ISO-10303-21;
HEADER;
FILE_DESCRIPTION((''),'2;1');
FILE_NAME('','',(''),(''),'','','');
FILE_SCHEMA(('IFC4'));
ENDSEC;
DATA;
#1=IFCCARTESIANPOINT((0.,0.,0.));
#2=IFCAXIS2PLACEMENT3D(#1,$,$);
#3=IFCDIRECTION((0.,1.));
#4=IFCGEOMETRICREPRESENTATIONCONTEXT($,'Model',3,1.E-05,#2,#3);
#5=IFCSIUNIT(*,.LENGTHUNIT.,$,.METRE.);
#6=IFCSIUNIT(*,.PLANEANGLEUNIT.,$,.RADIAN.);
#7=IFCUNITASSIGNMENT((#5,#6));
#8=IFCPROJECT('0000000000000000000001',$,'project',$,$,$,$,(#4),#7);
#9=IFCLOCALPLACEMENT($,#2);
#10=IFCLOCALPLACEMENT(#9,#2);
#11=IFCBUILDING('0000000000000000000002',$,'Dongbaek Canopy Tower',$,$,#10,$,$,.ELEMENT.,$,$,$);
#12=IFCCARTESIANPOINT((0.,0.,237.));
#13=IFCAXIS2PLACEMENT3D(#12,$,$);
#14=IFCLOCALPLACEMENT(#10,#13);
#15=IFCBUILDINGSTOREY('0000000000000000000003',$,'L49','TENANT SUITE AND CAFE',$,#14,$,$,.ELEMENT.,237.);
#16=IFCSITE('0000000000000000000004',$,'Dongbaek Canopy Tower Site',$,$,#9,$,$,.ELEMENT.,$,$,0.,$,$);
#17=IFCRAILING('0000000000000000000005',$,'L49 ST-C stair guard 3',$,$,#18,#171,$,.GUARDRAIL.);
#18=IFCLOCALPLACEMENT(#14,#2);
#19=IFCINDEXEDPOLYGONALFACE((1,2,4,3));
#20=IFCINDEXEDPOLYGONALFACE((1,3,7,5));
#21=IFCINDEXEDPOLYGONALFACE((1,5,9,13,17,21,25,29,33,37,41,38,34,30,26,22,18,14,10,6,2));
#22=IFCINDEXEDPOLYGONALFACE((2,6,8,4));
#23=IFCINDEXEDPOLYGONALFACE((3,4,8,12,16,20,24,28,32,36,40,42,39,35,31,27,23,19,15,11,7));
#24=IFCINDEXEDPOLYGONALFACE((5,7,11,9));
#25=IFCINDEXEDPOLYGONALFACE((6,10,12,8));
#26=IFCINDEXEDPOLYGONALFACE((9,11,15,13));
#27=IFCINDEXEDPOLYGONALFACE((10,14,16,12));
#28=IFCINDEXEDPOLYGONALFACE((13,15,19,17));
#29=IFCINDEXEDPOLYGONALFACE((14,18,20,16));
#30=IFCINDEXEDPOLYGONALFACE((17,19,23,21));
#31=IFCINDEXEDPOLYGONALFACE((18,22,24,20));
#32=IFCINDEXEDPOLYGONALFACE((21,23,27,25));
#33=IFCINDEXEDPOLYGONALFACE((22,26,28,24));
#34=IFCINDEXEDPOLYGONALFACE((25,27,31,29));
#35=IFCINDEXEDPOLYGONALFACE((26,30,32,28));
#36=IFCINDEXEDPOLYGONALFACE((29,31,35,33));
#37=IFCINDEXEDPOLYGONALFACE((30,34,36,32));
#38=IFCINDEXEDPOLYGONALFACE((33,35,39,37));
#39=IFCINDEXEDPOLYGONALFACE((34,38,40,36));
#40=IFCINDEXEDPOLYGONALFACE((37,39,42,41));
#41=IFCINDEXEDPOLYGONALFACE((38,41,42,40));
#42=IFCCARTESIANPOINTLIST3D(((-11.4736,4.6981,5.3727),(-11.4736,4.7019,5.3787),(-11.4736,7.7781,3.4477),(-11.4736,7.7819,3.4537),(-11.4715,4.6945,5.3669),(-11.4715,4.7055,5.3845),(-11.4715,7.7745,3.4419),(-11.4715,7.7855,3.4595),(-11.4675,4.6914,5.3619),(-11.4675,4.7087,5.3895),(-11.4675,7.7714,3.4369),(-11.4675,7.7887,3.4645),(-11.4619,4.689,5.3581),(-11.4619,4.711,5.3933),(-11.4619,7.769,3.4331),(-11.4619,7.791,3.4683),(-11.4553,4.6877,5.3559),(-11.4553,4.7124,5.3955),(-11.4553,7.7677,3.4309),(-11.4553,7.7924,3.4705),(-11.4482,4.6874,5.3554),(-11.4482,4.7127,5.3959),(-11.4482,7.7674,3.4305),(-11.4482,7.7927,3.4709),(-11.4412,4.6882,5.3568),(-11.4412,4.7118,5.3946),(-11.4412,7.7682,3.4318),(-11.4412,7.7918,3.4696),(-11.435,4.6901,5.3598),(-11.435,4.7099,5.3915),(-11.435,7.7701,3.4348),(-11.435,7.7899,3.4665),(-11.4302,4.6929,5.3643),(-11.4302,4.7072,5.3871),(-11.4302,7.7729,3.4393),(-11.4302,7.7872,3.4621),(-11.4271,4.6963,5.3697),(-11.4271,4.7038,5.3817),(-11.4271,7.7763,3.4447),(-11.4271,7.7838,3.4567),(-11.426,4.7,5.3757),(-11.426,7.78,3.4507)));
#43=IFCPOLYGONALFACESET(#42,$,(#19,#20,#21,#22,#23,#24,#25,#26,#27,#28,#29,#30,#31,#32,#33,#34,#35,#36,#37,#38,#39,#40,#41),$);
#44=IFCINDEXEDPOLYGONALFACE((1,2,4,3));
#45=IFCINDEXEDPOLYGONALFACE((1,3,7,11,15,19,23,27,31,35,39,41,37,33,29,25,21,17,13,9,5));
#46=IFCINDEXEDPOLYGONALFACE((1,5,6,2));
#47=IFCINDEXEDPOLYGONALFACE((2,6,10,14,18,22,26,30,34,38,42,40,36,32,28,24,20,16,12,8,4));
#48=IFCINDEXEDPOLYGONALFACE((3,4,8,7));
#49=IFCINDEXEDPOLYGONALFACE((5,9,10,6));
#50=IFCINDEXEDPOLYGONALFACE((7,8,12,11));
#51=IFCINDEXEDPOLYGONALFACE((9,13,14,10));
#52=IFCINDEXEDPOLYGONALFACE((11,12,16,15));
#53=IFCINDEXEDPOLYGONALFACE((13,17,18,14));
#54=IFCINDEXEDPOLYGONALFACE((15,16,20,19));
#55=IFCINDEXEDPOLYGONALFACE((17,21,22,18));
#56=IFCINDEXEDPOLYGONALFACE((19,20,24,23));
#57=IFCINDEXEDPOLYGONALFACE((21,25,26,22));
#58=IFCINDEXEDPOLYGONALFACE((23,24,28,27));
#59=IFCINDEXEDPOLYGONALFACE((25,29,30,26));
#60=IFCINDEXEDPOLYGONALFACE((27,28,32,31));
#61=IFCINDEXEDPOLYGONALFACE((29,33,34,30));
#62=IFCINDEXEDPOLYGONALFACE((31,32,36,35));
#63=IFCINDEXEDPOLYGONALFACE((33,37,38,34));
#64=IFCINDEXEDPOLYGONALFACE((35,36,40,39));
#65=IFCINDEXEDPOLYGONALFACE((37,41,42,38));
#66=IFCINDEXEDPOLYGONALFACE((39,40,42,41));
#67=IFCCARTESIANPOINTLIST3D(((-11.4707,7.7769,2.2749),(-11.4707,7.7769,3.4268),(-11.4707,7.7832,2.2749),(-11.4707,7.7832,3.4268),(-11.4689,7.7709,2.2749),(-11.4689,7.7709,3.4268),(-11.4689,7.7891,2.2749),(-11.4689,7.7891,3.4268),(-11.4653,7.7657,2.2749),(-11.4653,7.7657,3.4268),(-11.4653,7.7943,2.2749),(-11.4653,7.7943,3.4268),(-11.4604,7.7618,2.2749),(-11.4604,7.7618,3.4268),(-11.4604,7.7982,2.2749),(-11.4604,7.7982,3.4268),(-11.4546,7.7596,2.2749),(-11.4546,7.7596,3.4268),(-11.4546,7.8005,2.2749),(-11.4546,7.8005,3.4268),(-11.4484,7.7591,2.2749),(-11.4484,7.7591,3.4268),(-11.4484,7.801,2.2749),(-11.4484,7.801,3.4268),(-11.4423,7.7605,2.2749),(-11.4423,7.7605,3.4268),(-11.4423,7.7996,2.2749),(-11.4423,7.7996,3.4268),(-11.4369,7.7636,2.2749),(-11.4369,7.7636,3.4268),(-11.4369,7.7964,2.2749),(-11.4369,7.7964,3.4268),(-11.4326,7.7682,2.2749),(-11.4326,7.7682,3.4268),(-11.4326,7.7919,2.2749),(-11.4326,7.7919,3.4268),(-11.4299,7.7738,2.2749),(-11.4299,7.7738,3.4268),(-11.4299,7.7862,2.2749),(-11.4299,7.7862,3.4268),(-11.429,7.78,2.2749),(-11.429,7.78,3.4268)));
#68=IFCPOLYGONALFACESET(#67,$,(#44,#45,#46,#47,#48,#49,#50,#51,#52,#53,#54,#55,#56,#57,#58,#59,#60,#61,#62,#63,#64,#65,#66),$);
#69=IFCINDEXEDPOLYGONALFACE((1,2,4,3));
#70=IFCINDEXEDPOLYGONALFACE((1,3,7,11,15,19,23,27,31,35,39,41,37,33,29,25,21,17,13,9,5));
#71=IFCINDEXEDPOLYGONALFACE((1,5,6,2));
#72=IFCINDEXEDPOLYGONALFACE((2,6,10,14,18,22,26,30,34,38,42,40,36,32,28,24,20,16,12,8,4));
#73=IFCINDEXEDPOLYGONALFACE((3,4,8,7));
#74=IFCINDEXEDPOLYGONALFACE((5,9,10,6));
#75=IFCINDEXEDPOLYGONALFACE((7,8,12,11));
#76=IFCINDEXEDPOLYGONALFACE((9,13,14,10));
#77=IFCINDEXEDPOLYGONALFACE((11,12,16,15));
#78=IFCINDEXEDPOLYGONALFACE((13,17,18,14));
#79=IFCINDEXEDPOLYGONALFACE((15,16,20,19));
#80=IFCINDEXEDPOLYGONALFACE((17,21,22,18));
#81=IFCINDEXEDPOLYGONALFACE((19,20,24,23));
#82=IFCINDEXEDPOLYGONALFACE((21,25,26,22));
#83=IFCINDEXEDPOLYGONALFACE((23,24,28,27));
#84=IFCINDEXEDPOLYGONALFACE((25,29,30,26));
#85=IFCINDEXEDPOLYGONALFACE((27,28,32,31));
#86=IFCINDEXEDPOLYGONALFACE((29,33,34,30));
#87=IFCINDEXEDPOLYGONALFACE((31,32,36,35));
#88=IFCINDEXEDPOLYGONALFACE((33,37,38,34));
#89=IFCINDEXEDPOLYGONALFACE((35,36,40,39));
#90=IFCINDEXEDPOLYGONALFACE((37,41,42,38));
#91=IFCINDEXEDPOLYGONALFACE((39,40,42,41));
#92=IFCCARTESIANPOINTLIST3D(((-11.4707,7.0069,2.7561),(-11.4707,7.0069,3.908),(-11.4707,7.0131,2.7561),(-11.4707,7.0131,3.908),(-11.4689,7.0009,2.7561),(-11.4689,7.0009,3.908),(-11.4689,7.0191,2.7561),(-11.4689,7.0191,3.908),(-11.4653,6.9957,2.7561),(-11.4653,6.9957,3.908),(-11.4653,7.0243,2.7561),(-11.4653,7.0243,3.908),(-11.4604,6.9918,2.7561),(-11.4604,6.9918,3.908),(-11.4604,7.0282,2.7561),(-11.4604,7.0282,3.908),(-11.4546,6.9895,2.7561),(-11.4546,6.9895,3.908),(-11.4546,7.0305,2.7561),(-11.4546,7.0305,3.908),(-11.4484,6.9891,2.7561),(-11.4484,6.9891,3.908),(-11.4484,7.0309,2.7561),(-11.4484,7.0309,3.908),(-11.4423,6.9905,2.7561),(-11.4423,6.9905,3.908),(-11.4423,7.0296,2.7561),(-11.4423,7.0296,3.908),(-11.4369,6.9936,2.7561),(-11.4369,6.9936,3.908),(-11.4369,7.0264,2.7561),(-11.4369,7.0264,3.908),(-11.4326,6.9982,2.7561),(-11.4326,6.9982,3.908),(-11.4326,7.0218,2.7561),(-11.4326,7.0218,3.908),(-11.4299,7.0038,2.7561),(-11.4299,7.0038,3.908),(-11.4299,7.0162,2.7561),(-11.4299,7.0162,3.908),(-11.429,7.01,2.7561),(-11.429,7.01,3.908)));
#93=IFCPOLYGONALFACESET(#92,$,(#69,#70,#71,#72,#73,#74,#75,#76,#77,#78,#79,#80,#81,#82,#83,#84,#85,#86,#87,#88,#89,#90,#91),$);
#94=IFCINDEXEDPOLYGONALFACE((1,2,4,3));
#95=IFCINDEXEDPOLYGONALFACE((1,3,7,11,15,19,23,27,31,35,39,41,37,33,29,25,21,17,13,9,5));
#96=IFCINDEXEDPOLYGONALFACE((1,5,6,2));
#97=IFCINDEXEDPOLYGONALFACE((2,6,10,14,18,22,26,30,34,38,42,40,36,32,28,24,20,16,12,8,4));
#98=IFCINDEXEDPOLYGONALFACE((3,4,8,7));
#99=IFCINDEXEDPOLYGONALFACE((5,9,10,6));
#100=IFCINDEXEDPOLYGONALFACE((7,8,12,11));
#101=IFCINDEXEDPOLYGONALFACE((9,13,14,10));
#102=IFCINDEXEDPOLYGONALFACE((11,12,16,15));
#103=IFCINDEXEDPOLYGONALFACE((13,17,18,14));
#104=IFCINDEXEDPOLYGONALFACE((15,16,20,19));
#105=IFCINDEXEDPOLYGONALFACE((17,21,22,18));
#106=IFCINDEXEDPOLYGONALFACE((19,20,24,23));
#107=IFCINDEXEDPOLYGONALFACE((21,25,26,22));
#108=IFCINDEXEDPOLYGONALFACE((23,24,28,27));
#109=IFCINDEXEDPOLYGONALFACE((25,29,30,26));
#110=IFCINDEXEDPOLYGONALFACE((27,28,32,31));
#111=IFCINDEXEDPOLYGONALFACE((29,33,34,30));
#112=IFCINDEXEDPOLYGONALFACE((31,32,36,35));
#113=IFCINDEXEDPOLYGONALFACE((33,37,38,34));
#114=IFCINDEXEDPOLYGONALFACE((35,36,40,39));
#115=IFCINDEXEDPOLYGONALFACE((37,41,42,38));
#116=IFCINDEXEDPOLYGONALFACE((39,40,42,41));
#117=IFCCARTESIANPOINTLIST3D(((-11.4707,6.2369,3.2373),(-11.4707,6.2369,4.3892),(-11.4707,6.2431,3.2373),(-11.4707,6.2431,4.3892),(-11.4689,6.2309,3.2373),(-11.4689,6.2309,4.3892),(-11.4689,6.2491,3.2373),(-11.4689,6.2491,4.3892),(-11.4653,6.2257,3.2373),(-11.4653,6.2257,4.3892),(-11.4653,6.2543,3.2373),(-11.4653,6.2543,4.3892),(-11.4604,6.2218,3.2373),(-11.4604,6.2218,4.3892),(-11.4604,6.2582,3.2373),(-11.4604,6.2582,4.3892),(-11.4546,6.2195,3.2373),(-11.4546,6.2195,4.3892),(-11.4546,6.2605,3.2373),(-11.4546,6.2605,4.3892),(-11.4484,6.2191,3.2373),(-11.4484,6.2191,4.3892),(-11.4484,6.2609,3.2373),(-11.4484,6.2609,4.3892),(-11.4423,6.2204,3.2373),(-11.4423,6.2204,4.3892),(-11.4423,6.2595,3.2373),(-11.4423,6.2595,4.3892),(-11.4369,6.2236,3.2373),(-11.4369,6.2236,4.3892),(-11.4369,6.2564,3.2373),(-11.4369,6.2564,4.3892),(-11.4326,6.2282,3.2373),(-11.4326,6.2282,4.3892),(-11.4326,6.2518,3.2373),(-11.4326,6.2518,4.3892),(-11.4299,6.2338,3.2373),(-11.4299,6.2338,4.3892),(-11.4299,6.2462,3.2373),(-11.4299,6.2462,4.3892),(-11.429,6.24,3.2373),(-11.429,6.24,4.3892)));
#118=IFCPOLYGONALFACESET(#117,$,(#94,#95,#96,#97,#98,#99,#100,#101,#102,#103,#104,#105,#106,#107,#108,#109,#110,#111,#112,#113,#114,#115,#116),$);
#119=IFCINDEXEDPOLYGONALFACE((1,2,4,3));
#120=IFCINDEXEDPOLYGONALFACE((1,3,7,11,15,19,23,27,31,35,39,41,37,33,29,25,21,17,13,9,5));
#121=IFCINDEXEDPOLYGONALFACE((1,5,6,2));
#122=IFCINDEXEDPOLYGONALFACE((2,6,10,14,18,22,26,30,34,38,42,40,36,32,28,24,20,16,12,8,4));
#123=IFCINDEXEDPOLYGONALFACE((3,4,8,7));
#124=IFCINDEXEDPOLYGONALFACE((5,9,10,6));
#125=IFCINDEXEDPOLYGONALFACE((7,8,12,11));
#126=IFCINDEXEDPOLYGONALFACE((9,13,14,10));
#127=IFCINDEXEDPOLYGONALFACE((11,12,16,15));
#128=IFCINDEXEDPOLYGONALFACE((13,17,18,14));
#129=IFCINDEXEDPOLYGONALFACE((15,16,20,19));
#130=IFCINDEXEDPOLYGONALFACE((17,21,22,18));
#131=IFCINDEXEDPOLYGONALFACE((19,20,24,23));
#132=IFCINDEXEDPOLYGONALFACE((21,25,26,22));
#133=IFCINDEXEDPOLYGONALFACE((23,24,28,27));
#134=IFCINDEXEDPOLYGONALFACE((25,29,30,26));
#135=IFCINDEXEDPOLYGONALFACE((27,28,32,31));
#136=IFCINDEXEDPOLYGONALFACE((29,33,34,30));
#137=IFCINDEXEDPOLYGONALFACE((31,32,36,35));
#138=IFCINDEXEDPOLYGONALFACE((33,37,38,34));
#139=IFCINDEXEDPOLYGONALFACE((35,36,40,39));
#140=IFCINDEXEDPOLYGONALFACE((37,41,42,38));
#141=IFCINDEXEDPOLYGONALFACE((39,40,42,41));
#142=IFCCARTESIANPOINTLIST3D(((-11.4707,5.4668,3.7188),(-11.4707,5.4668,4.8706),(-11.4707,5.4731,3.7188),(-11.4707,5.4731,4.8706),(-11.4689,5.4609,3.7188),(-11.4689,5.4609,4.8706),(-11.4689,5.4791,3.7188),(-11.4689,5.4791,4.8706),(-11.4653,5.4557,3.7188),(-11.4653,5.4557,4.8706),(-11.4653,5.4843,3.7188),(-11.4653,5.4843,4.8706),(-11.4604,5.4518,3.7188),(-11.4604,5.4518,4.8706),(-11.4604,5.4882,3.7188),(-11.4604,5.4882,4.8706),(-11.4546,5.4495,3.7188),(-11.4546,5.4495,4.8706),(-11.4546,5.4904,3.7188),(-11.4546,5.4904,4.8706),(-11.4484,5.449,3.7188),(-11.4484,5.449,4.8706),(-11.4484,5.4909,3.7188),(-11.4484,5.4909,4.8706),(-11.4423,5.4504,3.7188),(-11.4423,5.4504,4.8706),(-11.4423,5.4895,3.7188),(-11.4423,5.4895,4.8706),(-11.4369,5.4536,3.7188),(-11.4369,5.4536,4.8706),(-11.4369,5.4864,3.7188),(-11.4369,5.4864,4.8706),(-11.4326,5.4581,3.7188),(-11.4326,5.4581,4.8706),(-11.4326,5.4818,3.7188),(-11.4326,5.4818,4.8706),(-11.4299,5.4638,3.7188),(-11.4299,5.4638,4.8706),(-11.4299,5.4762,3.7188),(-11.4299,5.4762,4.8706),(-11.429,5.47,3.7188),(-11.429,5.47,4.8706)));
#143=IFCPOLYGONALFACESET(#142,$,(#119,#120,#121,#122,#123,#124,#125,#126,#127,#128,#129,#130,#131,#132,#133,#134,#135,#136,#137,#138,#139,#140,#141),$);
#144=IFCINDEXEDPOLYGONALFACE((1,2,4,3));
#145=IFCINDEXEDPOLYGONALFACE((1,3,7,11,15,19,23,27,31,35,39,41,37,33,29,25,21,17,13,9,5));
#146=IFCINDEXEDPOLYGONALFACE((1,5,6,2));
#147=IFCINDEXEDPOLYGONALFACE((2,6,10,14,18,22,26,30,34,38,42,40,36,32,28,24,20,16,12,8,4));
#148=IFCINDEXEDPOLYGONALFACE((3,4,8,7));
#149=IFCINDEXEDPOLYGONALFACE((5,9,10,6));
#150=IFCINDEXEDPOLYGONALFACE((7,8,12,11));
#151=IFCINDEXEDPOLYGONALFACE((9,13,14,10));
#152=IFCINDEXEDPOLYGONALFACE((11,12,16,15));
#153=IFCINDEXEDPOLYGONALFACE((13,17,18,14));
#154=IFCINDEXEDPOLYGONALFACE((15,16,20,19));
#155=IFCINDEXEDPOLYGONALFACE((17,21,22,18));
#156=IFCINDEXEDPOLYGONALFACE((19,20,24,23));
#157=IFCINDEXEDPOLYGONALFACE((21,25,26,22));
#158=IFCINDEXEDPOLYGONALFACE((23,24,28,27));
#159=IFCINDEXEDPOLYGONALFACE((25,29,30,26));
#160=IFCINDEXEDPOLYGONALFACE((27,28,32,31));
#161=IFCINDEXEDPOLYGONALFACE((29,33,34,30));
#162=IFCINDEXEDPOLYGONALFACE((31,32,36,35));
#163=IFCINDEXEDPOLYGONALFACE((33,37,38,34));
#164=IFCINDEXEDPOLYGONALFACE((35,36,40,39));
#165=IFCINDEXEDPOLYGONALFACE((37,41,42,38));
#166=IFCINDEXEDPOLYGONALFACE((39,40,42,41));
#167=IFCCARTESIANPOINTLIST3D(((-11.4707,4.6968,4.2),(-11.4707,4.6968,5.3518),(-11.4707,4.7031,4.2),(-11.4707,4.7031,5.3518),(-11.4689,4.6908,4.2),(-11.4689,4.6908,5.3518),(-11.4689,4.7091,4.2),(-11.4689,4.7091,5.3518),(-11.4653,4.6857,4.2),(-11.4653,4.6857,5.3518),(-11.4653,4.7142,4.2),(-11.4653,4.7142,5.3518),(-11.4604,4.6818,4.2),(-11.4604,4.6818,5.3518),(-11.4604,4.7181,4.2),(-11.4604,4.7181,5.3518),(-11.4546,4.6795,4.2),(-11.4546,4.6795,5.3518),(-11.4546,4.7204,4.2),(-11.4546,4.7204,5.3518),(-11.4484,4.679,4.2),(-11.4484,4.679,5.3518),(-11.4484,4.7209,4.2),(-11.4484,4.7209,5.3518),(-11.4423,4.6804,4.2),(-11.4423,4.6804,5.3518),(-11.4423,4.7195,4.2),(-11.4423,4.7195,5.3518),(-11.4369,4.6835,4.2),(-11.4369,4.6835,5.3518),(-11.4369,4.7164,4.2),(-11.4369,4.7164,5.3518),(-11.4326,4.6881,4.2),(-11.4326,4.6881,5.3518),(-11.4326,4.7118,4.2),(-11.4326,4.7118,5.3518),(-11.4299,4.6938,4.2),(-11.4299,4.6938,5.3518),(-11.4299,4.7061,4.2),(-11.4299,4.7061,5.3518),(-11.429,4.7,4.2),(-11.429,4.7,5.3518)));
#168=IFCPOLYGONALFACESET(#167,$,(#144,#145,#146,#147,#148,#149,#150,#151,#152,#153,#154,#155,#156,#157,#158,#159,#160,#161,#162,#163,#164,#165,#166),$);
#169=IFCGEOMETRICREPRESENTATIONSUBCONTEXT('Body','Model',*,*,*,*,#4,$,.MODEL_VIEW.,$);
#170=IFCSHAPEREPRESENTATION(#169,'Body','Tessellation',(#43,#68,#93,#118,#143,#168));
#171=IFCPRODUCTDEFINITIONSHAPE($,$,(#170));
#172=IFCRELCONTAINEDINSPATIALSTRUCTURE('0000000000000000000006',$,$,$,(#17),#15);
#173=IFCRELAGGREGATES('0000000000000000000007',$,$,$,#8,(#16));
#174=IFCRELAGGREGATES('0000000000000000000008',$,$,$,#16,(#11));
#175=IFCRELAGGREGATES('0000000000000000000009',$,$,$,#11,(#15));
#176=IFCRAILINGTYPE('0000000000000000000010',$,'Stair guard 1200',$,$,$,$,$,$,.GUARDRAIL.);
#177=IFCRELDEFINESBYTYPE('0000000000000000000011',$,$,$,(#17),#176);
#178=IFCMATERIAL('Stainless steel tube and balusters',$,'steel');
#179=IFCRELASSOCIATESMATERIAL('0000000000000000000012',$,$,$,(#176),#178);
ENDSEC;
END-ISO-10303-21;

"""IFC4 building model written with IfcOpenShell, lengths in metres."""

from ifc_helpers import new_model, si_unit, direction, frame, origin, origin_2d, place, context, subcontext, project, spatial, circle, extrude, material, type_object, element, save


model = new_model("IFC4")

# Units and contexts
model_context = context("Model", 3, precision=1e-05, world=origin(), true_north=direction((0.0, 1.0)))
body_context = subcontext(model_context, "Body", "Model", "MODEL_VIEW")
ifc_project = project(units=[si_unit("LENGTHUNIT", "METRE"), si_unit("PLANEANGLEUNIT", "RADIAN")], contexts=[model_context])

# Site, building, storey
site_placement = place(None, origin())
site = spatial("IfcSite", under=ifc_project, at=site_placement, Name="Dongbaek Canopy Tower Site", CompositionType="ELEMENT", RefElevation=0.0)
building_placement = place(site_placement, origin())
building = spatial("IfcBuilding", under=site, at=building_placement, Name="Dongbaek Canopy Tower", CompositionType="ELEMENT")
storey_placement = place(building_placement, frame((0.0, 0.0, 237.0)))
storey = spatial("IfcBuildingStorey", under=building, at=storey_placement, Name="L49", Description="TENANT SUITE AND CAFE", CompositionType="ELEMENT", Elevation=237.0)

# Railing
ifc_material_1 = material(Name="Stainless steel tube and balusters", Category="steel")
railing_type_1 = type_object("IfcRailingType", Name="Stair guard 1200", PredefinedType="GUARDRAIL", material=ifc_material_1)
railing_1_placement = place(storey_placement, frame((-11.45, 7.78, 2.2749)))
element("IfcRailing", 1, at=railing_1_placement, inside=storey, type_object=railing_type_1, Name="L49 ST-C stair guard 3", PredefinedType="GUARDRAIL", context=body_context, shape_type="SweptSolid", body=[
    extrude(circle(Radius=0.0239, at=origin_2d()), frame((0.0, 0.0, 1.1758), z_axis=(0.0, -0.847998, 0.529999), x_axis=(1.0, 0.0, 0.0)), (0.0, 0.0, 1.0), 3.6321),
    extrude(circle(Radius=0.021, at=origin_2d()), origin(), (0.0, 0.0, 1.0), 1.1519),
    extrude(circle(Radius=0.021, at=origin_2d()), frame((0.0, -0.77, 0.4812)), (0.0, 0.0, 1.0), 1.1519),
    extrude(circle(Radius=0.021, at=origin_2d()), frame((0.0, -1.54, 0.9624)), (0.0, 0.0, 1.0), 1.1519),
    extrude(circle(Radius=0.021, at=origin_2d()), frame((0.0, -2.3101, 1.4438)), (0.0, 0.0, 1.0), 1.1519),
    extrude(circle(Radius=0.021, at=origin_2d()), frame((0.0, -3.0801, 1.925)), (0.0, 0.0, 1.0), 1.1519),
])

save(model, "model.ifc")
